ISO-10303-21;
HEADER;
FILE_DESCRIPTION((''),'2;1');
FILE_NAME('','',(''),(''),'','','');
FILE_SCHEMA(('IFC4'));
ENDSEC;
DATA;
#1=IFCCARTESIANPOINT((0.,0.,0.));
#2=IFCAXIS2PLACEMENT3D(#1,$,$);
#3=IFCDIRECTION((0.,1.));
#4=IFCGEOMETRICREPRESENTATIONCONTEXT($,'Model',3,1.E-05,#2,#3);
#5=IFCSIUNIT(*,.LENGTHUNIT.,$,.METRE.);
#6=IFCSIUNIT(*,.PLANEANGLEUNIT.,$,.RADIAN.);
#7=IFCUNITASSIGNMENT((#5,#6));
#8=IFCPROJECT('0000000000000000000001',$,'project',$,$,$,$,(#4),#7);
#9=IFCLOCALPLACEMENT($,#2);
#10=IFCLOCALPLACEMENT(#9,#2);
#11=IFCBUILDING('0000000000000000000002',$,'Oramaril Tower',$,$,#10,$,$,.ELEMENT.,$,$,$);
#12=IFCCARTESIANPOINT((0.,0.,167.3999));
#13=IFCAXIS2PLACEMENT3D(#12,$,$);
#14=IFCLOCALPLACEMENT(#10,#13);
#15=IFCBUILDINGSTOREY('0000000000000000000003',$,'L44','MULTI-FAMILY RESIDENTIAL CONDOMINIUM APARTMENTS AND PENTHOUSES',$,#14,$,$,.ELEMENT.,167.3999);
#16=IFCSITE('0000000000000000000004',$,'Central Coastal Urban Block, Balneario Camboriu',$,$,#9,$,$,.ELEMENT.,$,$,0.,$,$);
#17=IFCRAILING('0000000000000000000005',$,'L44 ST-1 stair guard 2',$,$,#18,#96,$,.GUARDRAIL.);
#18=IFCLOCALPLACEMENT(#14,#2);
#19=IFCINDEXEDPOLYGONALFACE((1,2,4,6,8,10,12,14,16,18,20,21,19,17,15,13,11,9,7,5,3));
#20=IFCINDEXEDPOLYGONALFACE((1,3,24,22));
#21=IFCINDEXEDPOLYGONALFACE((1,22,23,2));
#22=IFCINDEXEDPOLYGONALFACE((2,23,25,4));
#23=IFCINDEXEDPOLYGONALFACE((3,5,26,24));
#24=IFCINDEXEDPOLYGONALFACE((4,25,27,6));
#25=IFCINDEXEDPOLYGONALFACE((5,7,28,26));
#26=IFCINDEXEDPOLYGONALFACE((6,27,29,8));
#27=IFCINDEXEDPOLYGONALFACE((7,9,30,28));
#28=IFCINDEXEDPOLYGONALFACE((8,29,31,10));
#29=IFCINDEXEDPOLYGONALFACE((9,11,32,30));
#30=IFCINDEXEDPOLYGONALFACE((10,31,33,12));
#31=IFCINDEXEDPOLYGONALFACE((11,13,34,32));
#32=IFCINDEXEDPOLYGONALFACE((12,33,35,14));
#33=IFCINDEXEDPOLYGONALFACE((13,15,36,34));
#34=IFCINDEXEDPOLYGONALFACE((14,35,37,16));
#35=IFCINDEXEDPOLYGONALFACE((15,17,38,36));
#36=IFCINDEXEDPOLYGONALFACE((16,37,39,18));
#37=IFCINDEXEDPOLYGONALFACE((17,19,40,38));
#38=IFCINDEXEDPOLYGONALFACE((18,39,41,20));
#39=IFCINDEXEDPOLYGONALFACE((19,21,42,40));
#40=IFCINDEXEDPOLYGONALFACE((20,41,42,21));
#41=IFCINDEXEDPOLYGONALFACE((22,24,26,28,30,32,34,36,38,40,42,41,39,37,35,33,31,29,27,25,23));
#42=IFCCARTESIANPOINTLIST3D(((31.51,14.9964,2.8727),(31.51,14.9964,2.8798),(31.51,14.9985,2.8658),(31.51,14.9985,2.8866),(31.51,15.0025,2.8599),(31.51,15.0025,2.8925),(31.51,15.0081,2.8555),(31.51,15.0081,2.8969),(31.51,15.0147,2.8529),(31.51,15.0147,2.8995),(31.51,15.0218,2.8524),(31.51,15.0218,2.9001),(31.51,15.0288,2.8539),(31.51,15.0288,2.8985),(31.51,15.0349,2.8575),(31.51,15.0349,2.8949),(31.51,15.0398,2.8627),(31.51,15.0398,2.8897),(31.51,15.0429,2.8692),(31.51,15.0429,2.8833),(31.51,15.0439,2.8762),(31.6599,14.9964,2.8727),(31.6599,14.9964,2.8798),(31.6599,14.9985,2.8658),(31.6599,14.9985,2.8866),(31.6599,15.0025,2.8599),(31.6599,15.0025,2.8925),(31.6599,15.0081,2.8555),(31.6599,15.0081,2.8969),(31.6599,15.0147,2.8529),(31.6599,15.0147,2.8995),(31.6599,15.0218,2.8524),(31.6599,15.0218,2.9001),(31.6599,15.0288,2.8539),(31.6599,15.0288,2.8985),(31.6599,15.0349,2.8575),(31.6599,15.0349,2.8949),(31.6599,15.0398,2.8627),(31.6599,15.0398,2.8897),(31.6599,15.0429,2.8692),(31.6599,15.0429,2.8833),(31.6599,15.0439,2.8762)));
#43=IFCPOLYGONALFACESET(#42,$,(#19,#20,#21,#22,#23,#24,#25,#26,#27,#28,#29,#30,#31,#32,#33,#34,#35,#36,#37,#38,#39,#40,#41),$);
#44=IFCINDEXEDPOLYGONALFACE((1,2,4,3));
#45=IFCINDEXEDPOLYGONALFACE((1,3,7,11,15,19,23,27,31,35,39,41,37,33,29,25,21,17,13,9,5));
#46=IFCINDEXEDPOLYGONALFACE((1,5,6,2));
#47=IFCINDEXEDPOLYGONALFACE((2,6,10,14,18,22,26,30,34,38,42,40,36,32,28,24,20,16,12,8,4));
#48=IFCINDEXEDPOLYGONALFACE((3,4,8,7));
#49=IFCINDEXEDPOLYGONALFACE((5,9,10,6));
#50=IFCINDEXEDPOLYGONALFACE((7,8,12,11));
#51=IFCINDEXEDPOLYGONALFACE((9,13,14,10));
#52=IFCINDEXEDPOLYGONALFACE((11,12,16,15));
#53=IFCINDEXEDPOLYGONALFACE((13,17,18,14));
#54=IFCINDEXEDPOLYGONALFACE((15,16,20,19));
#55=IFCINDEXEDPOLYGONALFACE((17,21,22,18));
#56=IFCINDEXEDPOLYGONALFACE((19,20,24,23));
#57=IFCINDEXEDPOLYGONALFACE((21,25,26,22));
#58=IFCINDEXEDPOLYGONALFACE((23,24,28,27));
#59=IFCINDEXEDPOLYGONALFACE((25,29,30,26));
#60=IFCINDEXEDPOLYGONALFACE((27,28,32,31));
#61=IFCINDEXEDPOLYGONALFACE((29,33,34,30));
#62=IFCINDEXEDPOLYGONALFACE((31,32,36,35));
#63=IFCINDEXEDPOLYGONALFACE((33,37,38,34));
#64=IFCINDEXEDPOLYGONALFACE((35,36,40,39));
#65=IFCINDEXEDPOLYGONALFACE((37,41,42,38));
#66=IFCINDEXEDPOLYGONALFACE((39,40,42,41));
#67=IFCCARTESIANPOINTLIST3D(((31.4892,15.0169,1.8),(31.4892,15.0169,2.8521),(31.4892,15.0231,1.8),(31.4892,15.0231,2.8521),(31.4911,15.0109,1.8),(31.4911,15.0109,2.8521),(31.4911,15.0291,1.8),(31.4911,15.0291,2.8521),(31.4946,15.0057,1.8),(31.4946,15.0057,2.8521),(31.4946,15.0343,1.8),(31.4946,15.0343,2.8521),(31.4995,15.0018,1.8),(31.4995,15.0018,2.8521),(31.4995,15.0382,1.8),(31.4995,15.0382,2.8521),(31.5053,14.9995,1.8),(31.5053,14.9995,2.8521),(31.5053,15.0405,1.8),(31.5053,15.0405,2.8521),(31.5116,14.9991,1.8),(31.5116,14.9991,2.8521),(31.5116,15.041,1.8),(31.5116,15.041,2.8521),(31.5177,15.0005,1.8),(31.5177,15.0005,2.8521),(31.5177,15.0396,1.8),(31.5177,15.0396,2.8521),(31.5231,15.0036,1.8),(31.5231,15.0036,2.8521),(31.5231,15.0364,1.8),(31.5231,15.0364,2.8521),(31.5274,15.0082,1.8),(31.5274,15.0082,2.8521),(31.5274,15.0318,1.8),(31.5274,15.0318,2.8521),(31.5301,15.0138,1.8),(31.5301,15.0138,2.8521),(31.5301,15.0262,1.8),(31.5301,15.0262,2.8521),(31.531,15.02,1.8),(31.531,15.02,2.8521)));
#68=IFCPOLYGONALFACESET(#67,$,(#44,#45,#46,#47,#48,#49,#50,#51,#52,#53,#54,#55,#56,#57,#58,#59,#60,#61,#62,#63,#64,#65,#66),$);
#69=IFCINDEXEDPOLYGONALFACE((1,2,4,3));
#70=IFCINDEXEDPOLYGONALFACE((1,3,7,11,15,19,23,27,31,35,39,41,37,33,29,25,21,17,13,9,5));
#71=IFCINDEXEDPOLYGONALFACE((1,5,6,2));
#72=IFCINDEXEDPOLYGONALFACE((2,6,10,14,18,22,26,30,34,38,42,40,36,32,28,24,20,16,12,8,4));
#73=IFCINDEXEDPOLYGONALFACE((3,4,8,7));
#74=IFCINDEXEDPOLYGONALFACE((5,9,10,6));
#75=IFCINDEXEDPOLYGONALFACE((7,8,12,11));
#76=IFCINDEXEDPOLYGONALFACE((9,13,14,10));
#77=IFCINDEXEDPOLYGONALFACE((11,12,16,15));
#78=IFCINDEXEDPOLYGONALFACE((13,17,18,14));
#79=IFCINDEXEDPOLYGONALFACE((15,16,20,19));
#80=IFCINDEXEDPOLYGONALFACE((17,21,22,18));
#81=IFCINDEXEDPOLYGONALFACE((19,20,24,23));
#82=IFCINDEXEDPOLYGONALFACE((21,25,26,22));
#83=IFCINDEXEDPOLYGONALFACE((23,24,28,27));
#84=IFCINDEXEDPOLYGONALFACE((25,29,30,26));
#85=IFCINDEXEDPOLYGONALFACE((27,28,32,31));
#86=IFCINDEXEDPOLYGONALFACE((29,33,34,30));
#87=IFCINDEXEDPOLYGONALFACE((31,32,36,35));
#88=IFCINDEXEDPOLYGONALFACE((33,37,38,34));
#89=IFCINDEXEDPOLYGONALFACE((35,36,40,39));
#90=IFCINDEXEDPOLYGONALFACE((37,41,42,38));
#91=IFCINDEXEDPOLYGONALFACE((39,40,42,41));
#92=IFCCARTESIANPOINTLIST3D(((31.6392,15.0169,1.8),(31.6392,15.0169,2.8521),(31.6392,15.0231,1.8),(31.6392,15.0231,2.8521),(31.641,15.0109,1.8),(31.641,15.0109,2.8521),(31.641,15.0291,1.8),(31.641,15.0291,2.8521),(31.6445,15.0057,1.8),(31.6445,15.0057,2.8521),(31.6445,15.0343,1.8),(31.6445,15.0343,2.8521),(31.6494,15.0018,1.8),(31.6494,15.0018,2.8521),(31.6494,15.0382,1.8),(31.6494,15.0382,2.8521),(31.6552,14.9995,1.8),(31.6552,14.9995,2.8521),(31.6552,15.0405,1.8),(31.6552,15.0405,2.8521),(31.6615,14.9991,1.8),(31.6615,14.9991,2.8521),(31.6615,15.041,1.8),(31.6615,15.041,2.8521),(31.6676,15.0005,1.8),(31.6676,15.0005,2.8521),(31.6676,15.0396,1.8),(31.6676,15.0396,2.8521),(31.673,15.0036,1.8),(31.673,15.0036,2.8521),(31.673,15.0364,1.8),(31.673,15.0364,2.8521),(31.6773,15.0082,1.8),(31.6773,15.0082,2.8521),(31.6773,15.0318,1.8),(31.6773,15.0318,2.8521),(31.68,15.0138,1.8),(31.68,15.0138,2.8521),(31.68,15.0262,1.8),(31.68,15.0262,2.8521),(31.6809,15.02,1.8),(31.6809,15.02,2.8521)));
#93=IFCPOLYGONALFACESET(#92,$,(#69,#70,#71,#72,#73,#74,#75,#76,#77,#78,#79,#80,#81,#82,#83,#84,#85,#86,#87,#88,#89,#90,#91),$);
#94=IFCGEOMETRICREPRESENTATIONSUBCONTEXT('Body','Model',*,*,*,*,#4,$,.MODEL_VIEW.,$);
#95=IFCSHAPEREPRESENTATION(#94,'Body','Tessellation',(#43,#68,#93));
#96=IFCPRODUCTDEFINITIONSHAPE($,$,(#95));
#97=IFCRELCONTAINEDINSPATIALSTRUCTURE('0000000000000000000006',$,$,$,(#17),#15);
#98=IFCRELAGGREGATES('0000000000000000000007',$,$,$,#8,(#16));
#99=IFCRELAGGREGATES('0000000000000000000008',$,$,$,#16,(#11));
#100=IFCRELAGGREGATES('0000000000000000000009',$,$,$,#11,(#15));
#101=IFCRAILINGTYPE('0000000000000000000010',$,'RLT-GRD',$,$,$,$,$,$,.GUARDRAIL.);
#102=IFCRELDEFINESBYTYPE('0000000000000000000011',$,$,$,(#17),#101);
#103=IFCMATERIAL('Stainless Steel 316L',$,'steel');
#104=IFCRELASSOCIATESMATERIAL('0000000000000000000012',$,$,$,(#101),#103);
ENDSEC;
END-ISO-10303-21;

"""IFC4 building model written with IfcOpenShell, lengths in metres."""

from ifc_helpers import new_model, si_unit, direction, frame, origin, origin_2d, place, context, subcontext, project, spatial, circle, extrude, material, type_object, element, save


model = new_model("IFC4")

# Units and contexts
model_context = context("Model", 3, precision=1e-05, world=origin(), true_north=direction((0.0, 1.0)))
body_context = subcontext(model_context, "Body", "Model", "MODEL_VIEW")
ifc_project = project(units=[si_unit("LENGTHUNIT", "METRE"), si_unit("PLANEANGLEUNIT", "RADIAN")], contexts=[model_context])

# Site, building, storey
site_placement = place(None, origin())
site = spatial("IfcSite", under=ifc_project, at=site_placement, Name="Central Coastal Urban Block, Balneario Camboriu", CompositionType="ELEMENT", RefElevation=0.0)
building_placement = place(site_placement, origin())
building = spatial("IfcBuilding", under=site, at=building_placement, Name="Oramaril Tower", CompositionType="ELEMENT")
storey_placement = place(building_placement, frame((0.0, 0.0, 167.3999)))
storey = spatial("IfcBuildingStorey", under=building, at=storey_placement, Name="L44", Description="MULTI-FAMILY RESIDENTIAL CONDOMINIUM APARTMENTS AND PENTHOUSES", CompositionType="ELEMENT", Elevation=167.3999)

# Railing
ifc_material_1 = material(Name="Stainless Steel 316L", Category="steel")
railing_type_1 = type_object("IfcRailingType", Name="RLT-GRD", PredefinedType="GUARDRAIL", material=ifc_material_1)
railing_1_placement = place(storey_placement, frame((31.51, 15.02, 1.8)))
element("IfcRailing", 1, at=railing_1_placement, inside=storey, type_object=railing_type_1, Name="L44 ST-1 stair guard 2", PredefinedType="GUARDRAIL", context=body_context, shape_type="SweptSolid", body=[
    extrude(circle(Radius=0.0239, at=origin_2d()), frame((0.0, 0.0, 1.0762), z_axis=(1.0, 0.0, 0.0), x_axis=(0.0, 1.0, 0.0)), (0.0, 0.0, 1.0), 0.1499),
    extrude(circle(Radius=0.021, at=origin_2d()), origin(), (0.0, 0.0, 1.0), 1.052),
    extrude(circle(Radius=0.021, at=origin_2d()), frame((0.1499, 0.0, 0.0)), (0.0, 0.0, 1.0), 1.052),
])

save(model, "model.ifc")
